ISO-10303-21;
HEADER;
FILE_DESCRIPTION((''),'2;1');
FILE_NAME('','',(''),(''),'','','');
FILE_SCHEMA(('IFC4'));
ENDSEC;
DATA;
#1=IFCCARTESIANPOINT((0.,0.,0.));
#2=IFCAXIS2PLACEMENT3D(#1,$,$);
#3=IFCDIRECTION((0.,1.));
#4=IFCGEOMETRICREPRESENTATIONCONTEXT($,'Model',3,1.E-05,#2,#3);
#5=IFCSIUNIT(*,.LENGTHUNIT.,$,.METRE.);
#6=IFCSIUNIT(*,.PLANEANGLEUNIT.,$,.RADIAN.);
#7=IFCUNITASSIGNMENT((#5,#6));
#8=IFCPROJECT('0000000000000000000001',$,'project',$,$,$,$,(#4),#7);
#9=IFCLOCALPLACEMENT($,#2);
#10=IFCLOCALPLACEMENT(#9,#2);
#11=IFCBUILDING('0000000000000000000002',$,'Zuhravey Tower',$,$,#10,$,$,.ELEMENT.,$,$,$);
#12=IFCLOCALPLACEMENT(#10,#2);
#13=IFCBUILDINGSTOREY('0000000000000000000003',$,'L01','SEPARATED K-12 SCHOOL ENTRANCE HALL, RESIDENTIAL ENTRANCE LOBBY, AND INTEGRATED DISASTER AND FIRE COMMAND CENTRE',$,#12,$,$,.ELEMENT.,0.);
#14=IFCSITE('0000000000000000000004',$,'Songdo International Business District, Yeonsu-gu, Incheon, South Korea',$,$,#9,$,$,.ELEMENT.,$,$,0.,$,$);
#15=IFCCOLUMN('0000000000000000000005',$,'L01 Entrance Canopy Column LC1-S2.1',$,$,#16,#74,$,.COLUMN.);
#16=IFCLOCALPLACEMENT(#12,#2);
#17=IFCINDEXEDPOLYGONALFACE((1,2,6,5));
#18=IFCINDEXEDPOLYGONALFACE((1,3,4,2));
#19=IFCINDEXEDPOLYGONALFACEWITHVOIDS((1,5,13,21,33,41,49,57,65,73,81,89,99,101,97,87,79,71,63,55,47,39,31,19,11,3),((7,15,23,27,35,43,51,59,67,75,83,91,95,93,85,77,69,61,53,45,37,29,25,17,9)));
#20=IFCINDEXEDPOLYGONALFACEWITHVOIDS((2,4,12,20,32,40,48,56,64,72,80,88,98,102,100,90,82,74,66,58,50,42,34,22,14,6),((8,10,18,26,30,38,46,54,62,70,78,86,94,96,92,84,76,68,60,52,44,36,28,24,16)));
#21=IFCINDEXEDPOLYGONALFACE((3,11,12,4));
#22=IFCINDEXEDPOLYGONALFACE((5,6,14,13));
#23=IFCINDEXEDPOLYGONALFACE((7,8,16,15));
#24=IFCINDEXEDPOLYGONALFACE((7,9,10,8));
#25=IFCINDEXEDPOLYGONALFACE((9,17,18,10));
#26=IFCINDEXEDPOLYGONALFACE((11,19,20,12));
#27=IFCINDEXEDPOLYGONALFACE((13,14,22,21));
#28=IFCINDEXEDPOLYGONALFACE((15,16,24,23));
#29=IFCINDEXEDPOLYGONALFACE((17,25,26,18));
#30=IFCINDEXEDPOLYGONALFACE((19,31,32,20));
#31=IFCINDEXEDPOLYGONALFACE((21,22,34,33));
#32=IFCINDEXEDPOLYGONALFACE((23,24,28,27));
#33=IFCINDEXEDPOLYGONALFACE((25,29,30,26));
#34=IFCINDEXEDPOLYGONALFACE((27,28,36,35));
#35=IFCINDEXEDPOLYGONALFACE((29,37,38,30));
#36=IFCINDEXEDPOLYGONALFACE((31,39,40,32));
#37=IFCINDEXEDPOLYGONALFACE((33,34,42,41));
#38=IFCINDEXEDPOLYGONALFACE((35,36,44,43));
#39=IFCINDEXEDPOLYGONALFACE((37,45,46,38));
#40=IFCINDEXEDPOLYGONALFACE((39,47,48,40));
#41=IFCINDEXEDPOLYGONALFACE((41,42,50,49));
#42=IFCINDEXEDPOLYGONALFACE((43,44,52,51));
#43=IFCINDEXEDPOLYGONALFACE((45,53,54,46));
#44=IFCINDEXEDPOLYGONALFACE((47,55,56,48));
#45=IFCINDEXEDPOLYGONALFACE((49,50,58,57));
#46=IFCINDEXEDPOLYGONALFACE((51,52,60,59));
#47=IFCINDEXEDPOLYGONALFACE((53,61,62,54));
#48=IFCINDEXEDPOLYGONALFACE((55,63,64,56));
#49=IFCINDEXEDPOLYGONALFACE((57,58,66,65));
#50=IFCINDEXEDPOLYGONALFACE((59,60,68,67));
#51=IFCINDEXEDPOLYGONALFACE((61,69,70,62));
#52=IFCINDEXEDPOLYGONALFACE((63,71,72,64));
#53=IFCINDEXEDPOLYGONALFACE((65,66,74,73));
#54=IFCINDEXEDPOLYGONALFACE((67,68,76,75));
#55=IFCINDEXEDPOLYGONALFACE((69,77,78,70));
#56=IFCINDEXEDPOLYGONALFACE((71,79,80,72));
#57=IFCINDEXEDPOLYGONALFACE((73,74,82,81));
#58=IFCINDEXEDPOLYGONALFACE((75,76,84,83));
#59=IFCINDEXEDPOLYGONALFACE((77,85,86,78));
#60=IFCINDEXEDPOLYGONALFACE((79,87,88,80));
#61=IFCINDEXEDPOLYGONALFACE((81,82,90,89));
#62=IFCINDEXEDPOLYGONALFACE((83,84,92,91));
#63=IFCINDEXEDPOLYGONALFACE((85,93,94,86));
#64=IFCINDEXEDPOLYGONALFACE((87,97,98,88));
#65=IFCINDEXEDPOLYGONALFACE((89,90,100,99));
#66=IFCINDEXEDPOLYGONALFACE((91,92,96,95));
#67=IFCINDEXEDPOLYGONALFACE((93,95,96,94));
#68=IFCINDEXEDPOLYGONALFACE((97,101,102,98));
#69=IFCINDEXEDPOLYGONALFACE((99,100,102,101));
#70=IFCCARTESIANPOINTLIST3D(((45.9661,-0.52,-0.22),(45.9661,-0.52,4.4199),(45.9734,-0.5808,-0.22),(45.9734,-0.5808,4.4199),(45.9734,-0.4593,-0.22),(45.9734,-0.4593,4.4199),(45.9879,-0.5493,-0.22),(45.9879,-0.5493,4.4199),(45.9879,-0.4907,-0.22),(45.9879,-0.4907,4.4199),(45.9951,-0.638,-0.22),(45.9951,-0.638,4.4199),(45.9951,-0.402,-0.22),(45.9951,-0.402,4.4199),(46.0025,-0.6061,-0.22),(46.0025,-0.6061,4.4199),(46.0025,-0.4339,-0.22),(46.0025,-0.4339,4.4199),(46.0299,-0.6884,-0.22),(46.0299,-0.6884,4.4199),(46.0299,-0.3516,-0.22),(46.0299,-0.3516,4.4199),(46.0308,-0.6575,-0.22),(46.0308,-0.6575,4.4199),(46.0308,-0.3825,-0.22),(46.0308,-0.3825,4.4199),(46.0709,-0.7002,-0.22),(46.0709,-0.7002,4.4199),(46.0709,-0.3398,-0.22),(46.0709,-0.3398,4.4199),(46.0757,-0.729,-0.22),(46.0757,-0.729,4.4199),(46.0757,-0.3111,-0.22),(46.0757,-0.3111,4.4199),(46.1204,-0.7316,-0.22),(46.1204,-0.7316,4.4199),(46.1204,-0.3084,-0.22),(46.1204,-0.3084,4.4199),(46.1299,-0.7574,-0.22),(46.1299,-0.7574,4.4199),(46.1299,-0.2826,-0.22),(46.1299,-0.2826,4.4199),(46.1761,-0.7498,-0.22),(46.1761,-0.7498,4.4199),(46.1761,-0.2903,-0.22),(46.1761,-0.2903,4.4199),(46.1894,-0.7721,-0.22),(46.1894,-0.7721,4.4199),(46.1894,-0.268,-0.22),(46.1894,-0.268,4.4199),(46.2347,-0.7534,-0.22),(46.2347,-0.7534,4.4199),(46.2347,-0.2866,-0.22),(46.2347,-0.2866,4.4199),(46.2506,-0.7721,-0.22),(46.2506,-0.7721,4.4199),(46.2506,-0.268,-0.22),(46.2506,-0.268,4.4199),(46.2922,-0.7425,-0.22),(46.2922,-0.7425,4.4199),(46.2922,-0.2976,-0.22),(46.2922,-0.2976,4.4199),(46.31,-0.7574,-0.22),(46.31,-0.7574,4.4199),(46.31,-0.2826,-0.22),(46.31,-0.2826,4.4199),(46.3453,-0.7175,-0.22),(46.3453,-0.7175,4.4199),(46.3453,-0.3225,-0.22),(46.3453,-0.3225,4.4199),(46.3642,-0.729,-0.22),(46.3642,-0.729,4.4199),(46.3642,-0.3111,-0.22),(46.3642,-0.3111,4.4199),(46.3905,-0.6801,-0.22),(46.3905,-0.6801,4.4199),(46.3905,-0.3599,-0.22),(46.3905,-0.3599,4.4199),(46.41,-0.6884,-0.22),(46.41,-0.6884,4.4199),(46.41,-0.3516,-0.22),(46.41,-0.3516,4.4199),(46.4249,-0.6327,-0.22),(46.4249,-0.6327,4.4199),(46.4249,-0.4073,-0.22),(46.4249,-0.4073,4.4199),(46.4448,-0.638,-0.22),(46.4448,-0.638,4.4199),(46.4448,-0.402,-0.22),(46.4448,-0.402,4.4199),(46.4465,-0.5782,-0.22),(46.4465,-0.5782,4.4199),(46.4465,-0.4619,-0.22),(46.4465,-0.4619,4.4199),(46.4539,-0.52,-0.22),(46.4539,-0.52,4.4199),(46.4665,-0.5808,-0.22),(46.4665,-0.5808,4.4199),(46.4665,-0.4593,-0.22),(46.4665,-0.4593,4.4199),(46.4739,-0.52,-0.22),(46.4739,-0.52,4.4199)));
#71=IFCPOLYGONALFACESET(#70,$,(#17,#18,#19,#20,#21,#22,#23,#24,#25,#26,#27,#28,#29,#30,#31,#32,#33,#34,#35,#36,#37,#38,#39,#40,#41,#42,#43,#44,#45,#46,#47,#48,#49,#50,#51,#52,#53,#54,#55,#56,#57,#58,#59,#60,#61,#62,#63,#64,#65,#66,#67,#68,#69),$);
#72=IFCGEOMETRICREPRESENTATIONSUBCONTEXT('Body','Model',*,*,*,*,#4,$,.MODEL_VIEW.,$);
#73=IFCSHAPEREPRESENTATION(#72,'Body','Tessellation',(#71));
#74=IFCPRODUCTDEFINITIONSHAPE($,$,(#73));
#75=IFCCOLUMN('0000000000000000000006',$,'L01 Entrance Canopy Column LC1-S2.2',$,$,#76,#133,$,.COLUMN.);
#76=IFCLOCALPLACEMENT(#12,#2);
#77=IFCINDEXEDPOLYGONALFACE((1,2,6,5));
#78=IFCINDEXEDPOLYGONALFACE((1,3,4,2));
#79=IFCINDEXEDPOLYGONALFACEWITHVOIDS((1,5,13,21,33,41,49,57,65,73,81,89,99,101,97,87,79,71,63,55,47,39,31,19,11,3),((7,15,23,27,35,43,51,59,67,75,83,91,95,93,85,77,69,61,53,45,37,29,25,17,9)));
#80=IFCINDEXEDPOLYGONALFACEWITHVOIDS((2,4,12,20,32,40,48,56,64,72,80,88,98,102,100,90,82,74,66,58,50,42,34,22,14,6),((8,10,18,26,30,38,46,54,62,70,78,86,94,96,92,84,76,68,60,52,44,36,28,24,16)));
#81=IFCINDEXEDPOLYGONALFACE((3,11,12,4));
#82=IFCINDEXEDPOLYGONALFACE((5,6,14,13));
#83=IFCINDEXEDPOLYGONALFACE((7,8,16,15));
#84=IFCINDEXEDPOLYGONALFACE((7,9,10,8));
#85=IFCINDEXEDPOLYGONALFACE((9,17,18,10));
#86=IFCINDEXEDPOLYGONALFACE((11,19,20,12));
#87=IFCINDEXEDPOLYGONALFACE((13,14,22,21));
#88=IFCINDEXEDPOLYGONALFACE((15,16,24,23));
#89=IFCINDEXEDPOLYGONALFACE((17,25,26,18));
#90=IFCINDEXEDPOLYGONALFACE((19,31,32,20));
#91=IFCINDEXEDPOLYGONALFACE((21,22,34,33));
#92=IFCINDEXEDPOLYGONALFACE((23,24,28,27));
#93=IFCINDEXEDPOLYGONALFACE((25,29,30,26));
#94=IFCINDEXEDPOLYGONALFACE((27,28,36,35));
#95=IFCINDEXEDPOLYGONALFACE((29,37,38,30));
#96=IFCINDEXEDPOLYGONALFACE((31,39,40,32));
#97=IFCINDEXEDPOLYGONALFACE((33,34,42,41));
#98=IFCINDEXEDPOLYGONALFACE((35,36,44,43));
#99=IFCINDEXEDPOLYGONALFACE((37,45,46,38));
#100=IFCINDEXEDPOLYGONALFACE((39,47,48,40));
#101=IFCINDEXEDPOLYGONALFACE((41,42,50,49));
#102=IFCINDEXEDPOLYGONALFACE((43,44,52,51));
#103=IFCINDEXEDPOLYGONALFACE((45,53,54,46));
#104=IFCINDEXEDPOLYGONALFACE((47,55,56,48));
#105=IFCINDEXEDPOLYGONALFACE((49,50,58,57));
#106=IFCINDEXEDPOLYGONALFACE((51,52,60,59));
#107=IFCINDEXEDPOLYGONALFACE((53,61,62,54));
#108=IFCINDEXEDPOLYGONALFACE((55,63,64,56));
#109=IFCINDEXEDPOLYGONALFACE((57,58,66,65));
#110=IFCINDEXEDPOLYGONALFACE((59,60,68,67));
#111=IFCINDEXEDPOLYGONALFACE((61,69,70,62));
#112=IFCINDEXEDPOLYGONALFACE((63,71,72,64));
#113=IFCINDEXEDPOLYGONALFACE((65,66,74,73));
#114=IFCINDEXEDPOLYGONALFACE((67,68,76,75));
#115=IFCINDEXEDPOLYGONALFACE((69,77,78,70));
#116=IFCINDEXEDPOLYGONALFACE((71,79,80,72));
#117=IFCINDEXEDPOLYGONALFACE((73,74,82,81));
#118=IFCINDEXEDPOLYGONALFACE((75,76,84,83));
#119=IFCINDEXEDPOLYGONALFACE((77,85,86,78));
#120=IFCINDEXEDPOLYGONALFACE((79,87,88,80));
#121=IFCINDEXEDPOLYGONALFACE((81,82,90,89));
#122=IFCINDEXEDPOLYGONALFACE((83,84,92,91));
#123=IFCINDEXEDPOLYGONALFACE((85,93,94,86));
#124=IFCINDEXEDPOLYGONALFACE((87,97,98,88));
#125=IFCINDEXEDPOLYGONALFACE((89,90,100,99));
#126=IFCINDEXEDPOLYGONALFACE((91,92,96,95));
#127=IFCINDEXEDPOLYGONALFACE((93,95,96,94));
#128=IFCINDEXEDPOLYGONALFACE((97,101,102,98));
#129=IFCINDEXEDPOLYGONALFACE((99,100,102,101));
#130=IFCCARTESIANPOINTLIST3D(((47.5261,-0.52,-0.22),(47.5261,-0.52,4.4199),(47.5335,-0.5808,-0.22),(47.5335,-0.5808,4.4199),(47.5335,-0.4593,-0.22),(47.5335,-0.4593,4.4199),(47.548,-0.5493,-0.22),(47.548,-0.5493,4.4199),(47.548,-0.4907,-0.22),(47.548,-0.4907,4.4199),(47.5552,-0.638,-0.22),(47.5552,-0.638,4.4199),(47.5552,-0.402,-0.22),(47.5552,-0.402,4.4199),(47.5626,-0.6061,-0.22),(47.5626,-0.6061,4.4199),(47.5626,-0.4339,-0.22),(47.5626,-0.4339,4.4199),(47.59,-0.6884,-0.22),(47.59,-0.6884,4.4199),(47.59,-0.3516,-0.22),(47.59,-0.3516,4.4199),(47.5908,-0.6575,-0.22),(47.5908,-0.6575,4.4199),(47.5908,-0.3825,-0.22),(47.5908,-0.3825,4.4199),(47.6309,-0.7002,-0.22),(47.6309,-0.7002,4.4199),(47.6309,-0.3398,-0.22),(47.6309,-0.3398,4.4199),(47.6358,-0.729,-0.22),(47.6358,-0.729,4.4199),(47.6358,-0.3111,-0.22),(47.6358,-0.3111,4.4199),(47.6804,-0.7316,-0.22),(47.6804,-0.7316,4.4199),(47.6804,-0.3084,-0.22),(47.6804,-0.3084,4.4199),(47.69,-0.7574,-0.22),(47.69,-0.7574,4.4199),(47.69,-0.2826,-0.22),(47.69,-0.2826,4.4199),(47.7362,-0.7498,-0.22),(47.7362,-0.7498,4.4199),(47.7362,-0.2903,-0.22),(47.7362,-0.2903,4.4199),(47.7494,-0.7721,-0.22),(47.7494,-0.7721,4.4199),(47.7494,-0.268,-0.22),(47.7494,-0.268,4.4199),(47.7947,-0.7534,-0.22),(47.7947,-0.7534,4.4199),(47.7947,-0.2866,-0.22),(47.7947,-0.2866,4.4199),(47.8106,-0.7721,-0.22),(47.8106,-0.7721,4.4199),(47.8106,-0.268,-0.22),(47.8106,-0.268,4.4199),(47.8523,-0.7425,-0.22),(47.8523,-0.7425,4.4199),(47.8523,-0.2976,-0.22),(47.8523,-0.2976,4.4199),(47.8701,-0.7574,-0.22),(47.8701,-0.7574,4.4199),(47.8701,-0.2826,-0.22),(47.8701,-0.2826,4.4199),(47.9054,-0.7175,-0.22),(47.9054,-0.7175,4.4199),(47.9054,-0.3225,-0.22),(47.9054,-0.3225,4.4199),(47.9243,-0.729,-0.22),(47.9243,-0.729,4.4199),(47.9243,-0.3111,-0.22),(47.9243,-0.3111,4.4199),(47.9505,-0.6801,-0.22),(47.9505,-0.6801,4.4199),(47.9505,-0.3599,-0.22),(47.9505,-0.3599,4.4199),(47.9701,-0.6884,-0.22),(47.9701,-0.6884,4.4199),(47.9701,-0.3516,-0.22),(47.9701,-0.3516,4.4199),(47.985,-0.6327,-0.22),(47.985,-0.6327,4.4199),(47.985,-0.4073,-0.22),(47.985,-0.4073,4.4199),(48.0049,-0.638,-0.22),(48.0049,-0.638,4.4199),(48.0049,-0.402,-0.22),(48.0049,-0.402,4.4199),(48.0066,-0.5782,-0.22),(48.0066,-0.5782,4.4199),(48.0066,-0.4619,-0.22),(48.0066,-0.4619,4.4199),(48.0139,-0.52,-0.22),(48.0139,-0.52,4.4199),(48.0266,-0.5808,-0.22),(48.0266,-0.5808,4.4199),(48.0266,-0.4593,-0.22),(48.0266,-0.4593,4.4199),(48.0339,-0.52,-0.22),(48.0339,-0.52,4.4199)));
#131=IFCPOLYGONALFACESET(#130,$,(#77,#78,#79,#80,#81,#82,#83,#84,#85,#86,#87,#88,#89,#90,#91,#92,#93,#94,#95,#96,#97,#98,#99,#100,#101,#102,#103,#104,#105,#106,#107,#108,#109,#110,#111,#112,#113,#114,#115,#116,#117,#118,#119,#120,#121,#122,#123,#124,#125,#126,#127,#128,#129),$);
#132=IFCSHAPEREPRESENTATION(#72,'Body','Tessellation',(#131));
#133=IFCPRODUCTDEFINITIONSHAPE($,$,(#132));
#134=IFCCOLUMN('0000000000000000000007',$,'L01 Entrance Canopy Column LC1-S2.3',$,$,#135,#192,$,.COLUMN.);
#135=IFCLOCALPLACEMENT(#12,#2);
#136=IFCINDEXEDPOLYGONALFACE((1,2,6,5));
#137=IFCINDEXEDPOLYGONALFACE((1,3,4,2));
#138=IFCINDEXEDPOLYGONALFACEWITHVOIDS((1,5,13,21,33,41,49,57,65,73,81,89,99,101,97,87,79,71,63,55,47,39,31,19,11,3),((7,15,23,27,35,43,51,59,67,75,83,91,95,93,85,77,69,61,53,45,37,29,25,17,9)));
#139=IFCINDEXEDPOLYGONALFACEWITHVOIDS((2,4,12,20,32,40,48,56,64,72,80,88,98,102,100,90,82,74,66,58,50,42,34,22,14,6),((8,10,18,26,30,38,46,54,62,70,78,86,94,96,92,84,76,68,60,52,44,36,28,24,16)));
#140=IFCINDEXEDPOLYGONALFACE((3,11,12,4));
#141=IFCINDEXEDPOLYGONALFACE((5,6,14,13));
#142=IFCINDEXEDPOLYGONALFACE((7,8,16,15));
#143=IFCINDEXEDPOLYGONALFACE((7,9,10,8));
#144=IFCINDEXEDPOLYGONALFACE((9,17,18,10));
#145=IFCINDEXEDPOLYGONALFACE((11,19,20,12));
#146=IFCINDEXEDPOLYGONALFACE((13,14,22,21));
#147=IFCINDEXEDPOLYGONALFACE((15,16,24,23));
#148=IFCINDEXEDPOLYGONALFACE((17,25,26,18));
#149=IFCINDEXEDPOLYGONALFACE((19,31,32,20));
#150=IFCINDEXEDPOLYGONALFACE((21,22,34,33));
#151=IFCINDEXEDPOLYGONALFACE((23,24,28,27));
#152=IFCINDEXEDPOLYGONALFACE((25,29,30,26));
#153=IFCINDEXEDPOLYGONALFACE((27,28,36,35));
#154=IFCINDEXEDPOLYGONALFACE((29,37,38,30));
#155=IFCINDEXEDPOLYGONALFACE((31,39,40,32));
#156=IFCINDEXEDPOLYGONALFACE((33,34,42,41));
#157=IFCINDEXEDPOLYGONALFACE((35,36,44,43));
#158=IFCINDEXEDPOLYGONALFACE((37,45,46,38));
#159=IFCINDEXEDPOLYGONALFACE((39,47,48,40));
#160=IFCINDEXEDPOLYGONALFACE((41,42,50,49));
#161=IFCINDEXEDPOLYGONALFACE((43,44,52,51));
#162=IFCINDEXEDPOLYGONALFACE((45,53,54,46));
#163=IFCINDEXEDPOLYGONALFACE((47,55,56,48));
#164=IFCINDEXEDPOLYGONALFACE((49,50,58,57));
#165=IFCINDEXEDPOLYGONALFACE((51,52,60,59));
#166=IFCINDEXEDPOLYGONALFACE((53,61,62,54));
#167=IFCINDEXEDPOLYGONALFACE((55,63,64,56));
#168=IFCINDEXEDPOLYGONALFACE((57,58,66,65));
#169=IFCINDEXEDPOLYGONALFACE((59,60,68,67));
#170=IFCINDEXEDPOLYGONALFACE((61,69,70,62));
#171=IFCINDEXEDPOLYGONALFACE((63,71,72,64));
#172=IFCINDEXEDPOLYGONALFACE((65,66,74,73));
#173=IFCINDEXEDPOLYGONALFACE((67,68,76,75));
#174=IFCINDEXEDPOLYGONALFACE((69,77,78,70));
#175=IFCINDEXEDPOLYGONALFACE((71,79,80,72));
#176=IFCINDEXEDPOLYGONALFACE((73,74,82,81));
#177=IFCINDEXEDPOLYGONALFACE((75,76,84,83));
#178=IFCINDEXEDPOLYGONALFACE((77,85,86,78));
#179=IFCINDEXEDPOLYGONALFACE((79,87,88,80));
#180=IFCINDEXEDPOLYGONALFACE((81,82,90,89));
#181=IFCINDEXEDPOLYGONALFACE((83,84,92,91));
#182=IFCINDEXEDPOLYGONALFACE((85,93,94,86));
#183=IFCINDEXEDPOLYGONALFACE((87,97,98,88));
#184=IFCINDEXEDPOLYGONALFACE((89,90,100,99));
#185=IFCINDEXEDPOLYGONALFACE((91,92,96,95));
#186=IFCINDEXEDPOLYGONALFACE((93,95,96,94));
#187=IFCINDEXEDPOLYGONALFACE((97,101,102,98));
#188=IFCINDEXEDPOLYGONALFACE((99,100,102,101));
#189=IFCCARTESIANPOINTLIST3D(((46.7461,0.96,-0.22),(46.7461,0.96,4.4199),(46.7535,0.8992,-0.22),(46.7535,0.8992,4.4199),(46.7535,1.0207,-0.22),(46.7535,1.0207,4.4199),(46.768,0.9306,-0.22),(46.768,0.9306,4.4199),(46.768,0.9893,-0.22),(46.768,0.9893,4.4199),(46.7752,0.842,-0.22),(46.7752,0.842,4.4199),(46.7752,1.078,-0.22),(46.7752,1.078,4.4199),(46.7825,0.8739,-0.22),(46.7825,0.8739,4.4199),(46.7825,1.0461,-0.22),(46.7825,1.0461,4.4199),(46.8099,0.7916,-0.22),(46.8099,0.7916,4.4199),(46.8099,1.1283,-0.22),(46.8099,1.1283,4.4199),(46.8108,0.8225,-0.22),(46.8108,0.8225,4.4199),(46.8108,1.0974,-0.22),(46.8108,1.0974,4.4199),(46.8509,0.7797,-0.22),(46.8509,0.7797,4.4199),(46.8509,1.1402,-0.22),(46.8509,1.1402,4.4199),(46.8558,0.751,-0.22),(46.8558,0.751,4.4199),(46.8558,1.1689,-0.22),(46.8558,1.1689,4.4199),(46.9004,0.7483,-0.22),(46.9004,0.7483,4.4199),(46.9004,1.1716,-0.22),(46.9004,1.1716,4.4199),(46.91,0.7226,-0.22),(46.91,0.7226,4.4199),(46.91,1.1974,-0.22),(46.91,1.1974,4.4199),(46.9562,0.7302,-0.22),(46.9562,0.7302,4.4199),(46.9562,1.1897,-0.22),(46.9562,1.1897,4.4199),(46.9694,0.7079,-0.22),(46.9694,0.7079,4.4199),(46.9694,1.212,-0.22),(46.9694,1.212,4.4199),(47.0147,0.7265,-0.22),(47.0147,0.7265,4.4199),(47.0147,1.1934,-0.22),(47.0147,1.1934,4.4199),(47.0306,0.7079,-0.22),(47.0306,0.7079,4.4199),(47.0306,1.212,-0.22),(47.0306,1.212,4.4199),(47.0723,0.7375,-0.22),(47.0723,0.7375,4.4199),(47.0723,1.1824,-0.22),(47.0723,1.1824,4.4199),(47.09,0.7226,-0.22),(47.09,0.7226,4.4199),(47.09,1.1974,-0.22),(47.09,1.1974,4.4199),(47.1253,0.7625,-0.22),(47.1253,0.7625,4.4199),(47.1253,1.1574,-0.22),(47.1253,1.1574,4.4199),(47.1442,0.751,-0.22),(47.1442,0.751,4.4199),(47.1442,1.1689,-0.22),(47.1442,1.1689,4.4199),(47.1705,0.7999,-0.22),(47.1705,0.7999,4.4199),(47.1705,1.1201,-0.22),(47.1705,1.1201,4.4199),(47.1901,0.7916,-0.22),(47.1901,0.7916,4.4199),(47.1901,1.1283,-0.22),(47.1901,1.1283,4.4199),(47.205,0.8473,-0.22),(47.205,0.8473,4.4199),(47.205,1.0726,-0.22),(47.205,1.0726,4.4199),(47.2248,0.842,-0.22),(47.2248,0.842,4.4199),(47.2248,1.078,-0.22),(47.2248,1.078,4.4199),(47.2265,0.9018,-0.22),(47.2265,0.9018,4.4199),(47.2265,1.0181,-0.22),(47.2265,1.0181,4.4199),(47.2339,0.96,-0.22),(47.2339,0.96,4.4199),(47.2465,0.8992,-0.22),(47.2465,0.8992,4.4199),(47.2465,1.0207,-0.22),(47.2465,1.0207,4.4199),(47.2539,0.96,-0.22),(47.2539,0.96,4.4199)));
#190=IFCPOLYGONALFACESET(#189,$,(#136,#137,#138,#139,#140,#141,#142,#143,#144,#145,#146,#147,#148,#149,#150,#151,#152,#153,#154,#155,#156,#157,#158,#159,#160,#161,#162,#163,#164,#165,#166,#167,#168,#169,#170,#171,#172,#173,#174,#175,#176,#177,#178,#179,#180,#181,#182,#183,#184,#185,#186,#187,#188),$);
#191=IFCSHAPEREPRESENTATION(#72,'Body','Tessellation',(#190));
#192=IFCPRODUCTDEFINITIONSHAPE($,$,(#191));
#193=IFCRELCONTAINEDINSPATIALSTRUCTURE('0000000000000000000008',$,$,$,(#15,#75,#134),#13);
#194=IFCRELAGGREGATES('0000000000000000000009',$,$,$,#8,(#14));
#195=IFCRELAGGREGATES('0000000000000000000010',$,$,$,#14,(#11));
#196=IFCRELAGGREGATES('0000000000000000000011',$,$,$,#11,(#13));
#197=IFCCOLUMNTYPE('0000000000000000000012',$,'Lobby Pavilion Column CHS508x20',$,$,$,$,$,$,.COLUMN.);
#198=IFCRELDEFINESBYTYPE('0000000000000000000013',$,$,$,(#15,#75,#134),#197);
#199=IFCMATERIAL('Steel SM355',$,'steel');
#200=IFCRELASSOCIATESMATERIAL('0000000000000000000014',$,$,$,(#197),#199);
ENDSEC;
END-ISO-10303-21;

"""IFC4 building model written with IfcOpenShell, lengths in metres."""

from ifc_helpers import new_model, si_unit, direction, frame, origin, origin_2d, place, context, subcontext, project, spatial, hollow_circle, extrude, material, material_profile, profile_set, type_object, element, save


model = new_model("IFC4")

# Units and contexts
model_context = context("Model", 3, precision=1e-05, world=origin(), true_north=direction((0.0, 1.0)))
body_context = subcontext(model_context, "Body", "Model", "MODEL_VIEW")
ifc_project = project(units=[si_unit("LENGTHUNIT", "METRE"), si_unit("PLANEANGLEUNIT", "RADIAN")], contexts=[model_context])

# Site, building, storey
site_placement = place(None, origin())
site = spatial("IfcSite", under=ifc_project, at=site_placement, Name="Songdo International Business District, Yeonsu-gu, Incheon, South Korea", CompositionType="ELEMENT", RefElevation=0.0)
building_placement = place(site_placement, origin())
building = spatial("IfcBuilding", under=site, at=building_placement, Name="Zuhravey Tower", CompositionType="ELEMENT")
storey_placement = place(building_placement, origin())
storey = spatial("IfcBuildingStorey", under=building, at=storey_placement, Name="L01", Description="SEPARATED K-12 SCHOOL ENTRANCE HALL, RESIDENTIAL ENTRANCE LOBBY, AND INTEGRATED DISASTER AND FIRE COMMAND CENTRE", CompositionType="ELEMENT", Elevation=0.0)

# Columns
ifc_material_1 = material(Name="Steel SM355", Category="steel")
ifc_material_profile_1 = material_profile(ifc_material_1, hollow_circle(Radius=0.2539, WallThickness=0.02, at=origin_2d()), Name="CHS-508x20")
ifc_profile_set_1 = profile_set([ifc_material_profile_1], Name="Steel SM355")
column_type_1 = type_object("IfcColumnType", Name="Lobby Pavilion Column CHS508x20", PredefinedType="COLUMN", material=ifc_profile_set_1)
for number, where, z_axis, x_axis, name in (
    (1, (46.22, -0.52, -0.22), (0.0, 0.0, 1.0), (1.0, 0.0, 0.0), "L01 Entrance Canopy Column LC1-S2.1"),
    (2, (47.78, -0.52, -0.22), (0.0, 0.0, 1.0), (1.0, 0.0, 0.0), "L01 Entrance Canopy Column LC1-S2.2"),
    (3, (47.0, 0.96, -0.22), (0.0, 0.0, 1.0), (1.0, 0.0, 0.0), "L01 Entrance Canopy Column LC1-S2.3"),
):
    element("IfcColumn", number, at=place(storey_placement, frame(where, z_axis=z_axis, x_axis=x_axis)), inside=storey, type_object=column_type_1, Name=name, PredefinedType="COLUMN", context=body_context, shape_type="SweptSolid", body=[
        extrude(hollow_circle(Radius=0.2539, WallThickness=0.02, at=origin_2d()), origin(), (0.0, 0.0, 1.0), 4.6399),
    ])

save(model, "model.ifc")
